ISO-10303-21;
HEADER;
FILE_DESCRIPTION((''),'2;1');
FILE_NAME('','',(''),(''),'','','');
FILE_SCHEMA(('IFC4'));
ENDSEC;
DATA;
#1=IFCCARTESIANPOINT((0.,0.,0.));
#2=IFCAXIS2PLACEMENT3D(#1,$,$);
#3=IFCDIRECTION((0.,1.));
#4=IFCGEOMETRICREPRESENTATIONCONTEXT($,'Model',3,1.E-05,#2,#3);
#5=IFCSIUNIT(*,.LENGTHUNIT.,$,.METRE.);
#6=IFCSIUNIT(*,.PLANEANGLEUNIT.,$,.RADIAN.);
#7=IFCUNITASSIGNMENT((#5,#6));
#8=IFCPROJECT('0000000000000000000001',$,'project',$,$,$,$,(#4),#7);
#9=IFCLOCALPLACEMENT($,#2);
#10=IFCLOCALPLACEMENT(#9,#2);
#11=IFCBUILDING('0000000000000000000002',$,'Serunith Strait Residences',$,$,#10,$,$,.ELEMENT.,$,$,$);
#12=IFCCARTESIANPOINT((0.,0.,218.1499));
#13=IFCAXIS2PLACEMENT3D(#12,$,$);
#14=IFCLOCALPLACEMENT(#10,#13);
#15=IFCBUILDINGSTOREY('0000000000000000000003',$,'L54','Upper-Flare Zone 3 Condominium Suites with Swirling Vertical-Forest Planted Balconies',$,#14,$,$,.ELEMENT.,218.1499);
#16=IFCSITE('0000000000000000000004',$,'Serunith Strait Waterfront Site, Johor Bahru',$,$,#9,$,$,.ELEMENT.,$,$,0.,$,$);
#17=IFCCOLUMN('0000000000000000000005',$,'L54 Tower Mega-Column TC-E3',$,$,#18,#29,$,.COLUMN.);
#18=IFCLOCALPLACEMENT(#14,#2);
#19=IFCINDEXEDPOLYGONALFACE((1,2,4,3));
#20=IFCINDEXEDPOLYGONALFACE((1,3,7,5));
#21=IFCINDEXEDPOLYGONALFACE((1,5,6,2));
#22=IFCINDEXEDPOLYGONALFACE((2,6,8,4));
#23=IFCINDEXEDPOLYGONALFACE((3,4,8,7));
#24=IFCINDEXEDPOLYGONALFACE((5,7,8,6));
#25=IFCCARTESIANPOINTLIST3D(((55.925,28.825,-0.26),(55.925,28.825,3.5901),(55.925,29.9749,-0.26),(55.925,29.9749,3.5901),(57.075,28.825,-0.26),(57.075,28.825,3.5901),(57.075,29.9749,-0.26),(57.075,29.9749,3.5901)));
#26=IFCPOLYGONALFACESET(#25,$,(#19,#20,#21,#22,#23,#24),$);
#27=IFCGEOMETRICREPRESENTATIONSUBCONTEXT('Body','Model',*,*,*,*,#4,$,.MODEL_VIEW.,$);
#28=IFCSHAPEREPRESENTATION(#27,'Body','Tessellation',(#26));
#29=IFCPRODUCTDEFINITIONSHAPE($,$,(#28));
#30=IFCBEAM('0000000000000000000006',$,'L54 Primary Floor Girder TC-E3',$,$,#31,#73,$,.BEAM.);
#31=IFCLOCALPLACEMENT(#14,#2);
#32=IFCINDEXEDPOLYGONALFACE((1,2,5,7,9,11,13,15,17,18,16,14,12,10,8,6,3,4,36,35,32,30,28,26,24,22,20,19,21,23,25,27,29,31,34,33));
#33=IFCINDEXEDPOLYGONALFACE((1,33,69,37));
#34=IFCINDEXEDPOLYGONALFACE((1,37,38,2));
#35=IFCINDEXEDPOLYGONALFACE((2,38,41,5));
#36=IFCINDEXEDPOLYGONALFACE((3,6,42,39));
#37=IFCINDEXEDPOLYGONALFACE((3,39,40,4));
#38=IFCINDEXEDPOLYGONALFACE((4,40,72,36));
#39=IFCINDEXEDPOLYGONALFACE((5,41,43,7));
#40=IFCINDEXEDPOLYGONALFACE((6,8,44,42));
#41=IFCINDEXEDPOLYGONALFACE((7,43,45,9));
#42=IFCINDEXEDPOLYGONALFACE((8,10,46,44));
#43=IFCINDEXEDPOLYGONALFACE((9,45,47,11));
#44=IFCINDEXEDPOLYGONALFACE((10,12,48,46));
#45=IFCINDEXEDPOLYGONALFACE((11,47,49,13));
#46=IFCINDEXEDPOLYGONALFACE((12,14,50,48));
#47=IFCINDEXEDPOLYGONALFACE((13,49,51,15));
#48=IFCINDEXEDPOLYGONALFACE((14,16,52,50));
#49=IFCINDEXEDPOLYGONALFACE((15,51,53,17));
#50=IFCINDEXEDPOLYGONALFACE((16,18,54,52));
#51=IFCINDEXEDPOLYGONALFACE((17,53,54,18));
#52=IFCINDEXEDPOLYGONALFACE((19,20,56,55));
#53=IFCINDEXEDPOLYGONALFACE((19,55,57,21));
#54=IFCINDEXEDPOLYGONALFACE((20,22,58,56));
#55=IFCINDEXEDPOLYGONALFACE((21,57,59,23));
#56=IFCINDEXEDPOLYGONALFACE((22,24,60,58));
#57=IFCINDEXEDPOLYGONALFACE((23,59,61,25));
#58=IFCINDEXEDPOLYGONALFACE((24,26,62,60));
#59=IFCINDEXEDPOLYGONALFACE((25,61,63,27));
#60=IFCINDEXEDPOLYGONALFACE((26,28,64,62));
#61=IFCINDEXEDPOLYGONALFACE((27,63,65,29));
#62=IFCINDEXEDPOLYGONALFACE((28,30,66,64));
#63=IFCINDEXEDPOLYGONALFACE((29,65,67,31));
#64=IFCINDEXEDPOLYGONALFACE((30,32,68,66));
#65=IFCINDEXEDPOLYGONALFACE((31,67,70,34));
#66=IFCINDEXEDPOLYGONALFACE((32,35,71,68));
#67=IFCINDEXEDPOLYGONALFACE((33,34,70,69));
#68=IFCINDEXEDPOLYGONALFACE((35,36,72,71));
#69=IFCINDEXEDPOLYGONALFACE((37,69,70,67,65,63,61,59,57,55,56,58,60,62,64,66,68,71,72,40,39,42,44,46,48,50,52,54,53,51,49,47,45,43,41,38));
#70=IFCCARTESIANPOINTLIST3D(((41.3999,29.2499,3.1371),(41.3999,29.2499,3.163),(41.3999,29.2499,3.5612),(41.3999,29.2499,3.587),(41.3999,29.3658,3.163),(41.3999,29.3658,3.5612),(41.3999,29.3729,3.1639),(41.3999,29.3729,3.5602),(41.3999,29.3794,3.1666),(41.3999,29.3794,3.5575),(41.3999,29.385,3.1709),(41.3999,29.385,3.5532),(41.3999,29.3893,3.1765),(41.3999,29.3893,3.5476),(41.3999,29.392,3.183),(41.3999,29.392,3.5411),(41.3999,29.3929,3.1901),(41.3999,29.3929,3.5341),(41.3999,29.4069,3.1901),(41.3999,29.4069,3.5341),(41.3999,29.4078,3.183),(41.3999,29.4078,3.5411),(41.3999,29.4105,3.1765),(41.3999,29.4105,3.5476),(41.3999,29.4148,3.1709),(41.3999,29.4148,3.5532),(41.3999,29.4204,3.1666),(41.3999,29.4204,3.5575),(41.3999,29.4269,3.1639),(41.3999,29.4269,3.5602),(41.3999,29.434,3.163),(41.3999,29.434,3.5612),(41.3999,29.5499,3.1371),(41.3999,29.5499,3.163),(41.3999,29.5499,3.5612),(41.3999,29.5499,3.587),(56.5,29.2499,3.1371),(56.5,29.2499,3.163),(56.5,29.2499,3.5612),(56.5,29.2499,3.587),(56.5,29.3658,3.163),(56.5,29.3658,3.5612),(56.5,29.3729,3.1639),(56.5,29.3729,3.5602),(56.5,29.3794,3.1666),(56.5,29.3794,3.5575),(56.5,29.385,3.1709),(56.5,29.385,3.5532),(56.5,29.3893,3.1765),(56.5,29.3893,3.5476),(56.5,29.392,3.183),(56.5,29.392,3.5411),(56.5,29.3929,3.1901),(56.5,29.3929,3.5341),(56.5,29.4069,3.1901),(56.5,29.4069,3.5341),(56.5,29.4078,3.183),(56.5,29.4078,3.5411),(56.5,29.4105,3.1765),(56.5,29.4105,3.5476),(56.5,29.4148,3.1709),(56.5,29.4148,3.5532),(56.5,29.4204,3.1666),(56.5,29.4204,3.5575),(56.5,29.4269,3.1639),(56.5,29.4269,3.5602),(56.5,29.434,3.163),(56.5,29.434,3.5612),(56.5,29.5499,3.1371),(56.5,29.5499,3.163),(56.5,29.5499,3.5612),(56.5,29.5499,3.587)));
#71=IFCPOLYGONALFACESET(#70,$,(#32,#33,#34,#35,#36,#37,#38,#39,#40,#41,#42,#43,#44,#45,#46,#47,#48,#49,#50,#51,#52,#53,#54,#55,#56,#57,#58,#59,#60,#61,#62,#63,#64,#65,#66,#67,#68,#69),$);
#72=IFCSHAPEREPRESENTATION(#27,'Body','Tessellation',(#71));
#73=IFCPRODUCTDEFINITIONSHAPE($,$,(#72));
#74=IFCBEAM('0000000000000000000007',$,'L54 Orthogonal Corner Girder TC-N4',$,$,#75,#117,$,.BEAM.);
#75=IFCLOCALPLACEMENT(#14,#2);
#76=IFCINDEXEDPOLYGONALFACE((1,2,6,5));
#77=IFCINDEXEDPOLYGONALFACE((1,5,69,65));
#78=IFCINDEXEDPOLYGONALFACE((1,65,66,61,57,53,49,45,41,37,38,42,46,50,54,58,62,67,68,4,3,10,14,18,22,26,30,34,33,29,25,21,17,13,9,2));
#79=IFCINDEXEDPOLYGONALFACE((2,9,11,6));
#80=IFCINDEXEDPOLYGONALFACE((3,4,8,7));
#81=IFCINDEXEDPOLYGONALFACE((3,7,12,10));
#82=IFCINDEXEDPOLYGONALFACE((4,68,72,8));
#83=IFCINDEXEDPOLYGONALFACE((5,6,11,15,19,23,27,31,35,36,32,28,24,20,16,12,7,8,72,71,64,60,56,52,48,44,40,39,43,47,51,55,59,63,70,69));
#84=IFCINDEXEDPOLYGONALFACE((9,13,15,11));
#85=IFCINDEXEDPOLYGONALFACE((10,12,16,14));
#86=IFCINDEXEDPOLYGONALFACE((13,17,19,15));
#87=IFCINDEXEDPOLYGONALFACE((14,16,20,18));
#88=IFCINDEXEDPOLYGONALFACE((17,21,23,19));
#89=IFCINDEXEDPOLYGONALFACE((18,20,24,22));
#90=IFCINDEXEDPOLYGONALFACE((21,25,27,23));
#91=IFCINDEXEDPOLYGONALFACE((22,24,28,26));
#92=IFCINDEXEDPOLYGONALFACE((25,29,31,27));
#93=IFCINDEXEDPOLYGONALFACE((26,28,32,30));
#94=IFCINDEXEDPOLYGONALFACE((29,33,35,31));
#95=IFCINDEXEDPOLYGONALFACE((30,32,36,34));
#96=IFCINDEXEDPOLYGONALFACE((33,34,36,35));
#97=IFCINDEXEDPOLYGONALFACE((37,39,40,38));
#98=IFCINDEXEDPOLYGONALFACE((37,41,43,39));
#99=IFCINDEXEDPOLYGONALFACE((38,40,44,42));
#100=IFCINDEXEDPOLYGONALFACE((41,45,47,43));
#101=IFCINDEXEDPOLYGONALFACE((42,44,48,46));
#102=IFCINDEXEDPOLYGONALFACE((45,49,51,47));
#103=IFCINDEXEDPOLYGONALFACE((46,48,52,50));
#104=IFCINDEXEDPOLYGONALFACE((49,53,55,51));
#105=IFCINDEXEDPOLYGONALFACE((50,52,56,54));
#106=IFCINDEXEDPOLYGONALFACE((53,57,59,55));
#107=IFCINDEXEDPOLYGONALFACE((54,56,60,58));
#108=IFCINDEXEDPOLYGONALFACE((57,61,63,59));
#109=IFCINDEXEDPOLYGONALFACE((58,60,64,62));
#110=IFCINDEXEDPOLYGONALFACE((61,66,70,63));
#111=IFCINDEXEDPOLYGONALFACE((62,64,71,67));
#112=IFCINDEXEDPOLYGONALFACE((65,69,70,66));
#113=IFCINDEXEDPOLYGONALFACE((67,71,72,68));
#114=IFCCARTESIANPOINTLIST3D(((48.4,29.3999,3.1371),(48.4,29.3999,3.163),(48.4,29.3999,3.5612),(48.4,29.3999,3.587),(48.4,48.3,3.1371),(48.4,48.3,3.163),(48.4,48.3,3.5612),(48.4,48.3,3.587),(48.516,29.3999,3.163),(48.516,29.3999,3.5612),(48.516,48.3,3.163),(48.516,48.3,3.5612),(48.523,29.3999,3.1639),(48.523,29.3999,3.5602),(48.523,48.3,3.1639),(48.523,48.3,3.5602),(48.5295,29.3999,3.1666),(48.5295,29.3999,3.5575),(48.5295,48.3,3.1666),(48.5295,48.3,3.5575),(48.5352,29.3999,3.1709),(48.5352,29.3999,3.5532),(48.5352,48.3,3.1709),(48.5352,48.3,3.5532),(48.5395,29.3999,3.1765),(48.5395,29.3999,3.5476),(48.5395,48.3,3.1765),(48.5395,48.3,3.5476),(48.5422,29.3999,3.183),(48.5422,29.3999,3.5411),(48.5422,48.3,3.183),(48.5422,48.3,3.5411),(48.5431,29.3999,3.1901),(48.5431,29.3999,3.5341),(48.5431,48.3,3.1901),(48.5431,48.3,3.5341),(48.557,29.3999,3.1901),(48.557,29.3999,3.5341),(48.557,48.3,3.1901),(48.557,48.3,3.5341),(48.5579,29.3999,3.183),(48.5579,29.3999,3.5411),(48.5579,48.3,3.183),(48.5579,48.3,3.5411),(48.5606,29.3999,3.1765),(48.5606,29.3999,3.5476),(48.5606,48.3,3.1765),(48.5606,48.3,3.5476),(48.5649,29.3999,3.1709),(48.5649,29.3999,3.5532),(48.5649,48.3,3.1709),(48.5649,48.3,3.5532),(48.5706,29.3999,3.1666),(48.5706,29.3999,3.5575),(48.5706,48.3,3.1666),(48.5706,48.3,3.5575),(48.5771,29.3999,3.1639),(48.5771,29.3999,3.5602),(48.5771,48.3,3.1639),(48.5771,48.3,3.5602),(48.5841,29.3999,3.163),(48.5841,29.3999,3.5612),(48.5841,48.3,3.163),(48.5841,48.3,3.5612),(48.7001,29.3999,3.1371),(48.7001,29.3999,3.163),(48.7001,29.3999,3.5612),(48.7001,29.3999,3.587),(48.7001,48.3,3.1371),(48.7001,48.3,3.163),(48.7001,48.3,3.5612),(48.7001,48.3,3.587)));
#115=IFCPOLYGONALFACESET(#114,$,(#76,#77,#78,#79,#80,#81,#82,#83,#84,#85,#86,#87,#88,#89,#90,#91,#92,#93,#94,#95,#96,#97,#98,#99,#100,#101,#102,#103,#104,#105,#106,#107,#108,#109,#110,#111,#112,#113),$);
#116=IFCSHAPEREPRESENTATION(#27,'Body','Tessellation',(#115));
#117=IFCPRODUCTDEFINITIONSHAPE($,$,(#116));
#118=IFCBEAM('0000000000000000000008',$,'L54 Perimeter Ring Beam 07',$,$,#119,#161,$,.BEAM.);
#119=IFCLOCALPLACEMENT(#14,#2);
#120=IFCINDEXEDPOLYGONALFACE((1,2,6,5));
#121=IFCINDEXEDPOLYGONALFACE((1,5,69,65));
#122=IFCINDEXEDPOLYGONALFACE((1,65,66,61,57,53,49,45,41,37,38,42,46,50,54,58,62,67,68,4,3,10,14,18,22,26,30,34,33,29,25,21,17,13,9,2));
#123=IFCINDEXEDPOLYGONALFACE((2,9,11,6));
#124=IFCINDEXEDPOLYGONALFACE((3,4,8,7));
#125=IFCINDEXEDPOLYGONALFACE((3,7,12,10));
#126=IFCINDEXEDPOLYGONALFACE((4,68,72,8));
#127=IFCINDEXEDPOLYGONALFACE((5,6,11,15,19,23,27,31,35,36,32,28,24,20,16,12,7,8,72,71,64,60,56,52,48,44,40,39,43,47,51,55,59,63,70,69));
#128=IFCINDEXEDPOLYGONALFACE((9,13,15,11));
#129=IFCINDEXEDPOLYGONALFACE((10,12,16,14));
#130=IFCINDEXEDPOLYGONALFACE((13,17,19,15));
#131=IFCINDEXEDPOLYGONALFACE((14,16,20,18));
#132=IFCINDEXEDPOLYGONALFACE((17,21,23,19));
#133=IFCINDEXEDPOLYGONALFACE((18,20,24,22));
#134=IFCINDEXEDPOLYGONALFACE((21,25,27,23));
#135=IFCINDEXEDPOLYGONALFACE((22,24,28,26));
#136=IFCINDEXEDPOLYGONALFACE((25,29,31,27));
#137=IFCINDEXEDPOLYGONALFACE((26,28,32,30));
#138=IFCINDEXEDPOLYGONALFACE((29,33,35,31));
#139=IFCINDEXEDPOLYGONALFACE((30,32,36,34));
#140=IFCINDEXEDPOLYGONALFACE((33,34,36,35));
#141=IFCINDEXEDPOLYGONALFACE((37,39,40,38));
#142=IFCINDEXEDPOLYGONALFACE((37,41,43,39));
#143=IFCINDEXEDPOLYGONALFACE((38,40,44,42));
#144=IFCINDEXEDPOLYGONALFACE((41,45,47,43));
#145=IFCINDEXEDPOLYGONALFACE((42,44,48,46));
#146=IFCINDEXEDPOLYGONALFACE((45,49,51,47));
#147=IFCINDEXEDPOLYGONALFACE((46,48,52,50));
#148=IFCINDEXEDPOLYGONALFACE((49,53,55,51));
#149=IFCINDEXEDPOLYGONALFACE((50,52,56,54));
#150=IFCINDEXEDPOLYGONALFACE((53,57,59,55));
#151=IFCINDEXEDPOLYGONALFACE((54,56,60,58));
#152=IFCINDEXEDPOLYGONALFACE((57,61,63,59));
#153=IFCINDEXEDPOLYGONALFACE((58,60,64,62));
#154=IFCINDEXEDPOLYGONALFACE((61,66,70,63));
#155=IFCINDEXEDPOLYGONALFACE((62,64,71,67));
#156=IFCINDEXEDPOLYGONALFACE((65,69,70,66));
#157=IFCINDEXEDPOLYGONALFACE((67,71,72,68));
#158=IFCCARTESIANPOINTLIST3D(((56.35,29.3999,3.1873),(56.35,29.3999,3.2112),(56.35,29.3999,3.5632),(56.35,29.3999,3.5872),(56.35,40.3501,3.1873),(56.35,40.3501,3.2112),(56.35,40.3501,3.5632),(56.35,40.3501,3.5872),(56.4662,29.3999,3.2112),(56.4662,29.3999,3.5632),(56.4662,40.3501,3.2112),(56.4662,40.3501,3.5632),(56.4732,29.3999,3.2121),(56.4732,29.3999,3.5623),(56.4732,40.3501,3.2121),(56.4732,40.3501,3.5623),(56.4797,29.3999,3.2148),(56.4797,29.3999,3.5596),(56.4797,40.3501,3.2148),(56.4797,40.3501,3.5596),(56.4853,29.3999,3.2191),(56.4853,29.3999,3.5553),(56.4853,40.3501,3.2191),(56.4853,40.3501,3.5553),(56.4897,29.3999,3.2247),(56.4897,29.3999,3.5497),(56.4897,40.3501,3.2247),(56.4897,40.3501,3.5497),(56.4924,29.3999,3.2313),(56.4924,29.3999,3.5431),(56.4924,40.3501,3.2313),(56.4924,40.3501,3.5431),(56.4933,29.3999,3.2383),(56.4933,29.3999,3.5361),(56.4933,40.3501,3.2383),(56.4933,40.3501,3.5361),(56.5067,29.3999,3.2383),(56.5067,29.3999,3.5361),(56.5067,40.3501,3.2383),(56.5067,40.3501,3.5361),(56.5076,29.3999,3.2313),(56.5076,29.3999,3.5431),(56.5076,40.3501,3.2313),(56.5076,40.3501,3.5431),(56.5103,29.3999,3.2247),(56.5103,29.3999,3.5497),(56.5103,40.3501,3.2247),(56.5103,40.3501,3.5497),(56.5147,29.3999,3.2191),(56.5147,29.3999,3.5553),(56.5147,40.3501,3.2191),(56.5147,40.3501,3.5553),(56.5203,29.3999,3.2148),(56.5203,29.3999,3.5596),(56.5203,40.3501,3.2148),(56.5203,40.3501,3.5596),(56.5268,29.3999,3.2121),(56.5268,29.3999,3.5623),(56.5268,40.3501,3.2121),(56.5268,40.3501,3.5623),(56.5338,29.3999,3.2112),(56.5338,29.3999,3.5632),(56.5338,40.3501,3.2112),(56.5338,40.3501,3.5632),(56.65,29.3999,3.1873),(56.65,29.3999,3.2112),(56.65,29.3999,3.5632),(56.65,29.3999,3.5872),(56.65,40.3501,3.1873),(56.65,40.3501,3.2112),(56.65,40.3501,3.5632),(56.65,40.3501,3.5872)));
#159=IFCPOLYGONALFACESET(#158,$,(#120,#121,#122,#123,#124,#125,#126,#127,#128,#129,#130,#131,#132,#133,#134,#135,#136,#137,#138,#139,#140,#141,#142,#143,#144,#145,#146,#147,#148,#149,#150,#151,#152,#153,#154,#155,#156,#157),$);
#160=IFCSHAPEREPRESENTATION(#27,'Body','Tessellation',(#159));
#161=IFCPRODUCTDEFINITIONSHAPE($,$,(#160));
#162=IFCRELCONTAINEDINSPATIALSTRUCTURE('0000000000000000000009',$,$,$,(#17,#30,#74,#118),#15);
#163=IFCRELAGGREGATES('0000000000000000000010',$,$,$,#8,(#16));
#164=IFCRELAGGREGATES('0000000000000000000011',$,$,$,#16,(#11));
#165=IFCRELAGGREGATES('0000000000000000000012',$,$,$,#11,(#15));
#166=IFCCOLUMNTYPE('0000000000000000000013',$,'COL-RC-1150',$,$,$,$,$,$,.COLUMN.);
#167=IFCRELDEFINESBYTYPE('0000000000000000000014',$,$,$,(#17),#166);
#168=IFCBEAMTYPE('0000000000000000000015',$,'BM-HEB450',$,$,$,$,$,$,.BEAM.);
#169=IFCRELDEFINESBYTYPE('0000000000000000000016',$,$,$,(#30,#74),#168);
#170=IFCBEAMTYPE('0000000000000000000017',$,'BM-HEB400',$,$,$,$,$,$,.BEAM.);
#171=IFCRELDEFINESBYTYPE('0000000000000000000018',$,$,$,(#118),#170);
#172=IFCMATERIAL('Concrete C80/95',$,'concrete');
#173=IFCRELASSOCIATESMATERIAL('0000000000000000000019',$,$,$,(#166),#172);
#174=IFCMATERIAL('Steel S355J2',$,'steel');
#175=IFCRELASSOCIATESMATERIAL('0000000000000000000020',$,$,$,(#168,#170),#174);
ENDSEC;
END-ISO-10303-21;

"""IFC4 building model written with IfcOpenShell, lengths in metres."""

from ifc_helpers import new_model, si_unit, direction, frame, origin, origin_2d, place, context, subcontext, project, spatial, rectangle, i_section, extrude, source, transform, mapped, material, material_profile, profile_set, type_object, element, save


model = new_model("IFC4")

# Units and contexts
model_context = context("Model", 3, precision=1e-05, world=origin(), true_north=direction((0.0, 1.0)))
body_context = subcontext(model_context, "Body", "Model", "MODEL_VIEW")
ifc_project = project(units=[si_unit("LENGTHUNIT", "METRE"), si_unit("PLANEANGLEUNIT", "RADIAN")], contexts=[model_context])

# Site, building, storey
site_placement = place(None, origin())
site = spatial("IfcSite", under=ifc_project, at=site_placement, Name="Serunith Strait Waterfront Site, Johor Bahru", CompositionType="ELEMENT", RefElevation=0.0)
building_placement = place(site_placement, origin())
building = spatial("IfcBuilding", under=site, at=building_placement, Name="Serunith Strait Residences", CompositionType="ELEMENT")
storey_placement = place(building_placement, frame((0.0, 0.0, 218.1499)))
storey = spatial("IfcBuildingStorey", under=building, at=storey_placement, Name="L54", Description="Upper-Flare Zone 3 Condominium Suites with Swirling Vertical-Forest Planted Balconies", CompositionType="ELEMENT", Elevation=218.1499)

# Column
ifc_material_1 = material(Name="Concrete C80/95", Category="concrete")
ifc_material_profile_1 = material_profile(ifc_material_1, rectangle(XDim=1.1499, YDim=1.1499, at=origin_2d()), Name="RC 1150x1150")
ifc_profile_set_1 = profile_set([ifc_material_profile_1], Name="Concrete C80/95")
column_type = type_object("IfcColumnType", Name="COL-RC-1150", PredefinedType="COLUMN", material=ifc_profile_set_1)
shared_shape_1 = source(origin(), body_context, "Body", "SweptSolid", [
    extrude(rectangle(XDim=1.1499, YDim=1.1499, at=origin_2d()), origin(), (0.0, 0.0, 1.0), 3.8501),
])
column_placement = place(storey_placement, frame((56.5, 29.3999, -0.26), z_axis=(0.0, 0.0, 1.0), x_axis=(1.0, 0.0, 0.0)))
element("IfcColumn", 1, at=column_placement, inside=storey, type_object=column_type, Name="L54 Tower Mega-Column TC-E3", PredefinedType="COLUMN", context=body_context, shape_type="MappedRepresentation", body=[
    mapped(shared_shape_1, transform((0.0, 0.0, 0.0), scale=1.0)),
])

# Beams
ifc_material_2 = material(Name="Steel S355J2", Category="steel")
ifc_material_profile_2 = material_profile(ifc_material_2, i_section(OverallWidth=0.3, OverallDepth=0.45, WebThickness=0.0139, FlangeThickness=0.0259, FilletRadius=0.0271, at=origin_2d()), Name="HEB 450")
ifc_profile_set_2 = profile_set([ifc_material_profile_2], Name="Steel S355J2")
beam_type_1 = type_object("IfcBeamType", Name="BM-HEB450", PredefinedType="BEAM", material=ifc_profile_set_2)
shared_shape_2 = source(origin(), body_context, "Body", "SweptSolid", [
    extrude(i_section(OverallWidth=0.3, OverallDepth=0.45, WebThickness=0.0139, FlangeThickness=0.0259, FilletRadius=0.0271, at=origin_2d()), origin(), (0.0, 0.0, 1.0), 15.1001),
])
beam_1_placement = place(storey_placement, frame((41.3999, 29.3999, 3.3621), z_axis=(1.0, 0.0, 0.0), x_axis=(0.0, 1.0, 0.0)))
element("IfcBeam", 2, at=beam_1_placement, inside=storey, type_object=beam_type_1, Name="L54 Primary Floor Girder TC-E3", PredefinedType="BEAM", context=body_context, shape_type="MappedRepresentation", body=[
    mapped(shared_shape_2, transform((0.0, 0.0, 0.0), scale=1.0)),
])
shared_shape_3 = source(origin(), body_context, "Body", "SweptSolid", [
    extrude(i_section(OverallWidth=0.3, OverallDepth=0.45, WebThickness=0.0139, FlangeThickness=0.0259, FilletRadius=0.0271, at=origin_2d()), origin(), (0.0, 0.0, 1.0), 18.9001),
])
beam_2_placement = place(storey_placement, frame((48.55, 29.3999, 3.3621), z_axis=(0.0, 1.0, 0.0), x_axis=(-1.0, 0.0, 0.0)))
element("IfcBeam", 3, at=beam_2_placement, inside=storey, type_object=beam_type_1, Name="L54 Orthogonal Corner Girder TC-N4", PredefinedType="BEAM", context=body_context, shape_type="MappedRepresentation", body=[
    mapped(shared_shape_3, transform((0.0, 0.0, 0.0), scale=1.0)),
])
ifc_material_profile_3 = material_profile(ifc_material_2, i_section(OverallWidth=0.3, OverallDepth=0.3999, WebThickness=0.0134, FlangeThickness=0.0239, FilletRadius=0.0271, at=origin_2d()), Name="HEB 400")
ifc_profile_set_3 = profile_set([ifc_material_profile_3], Name="Steel S355J2")
beam_type_2 = type_object("IfcBeamType", Name="BM-HEB400", PredefinedType="BEAM", material=ifc_profile_set_3)
shared_shape_4 = source(origin(), body_context, "Body", "SweptSolid", [
    extrude(i_section(OverallWidth=0.3, OverallDepth=0.3999, WebThickness=0.0134, FlangeThickness=0.0239, FilletRadius=0.0271, at=origin_2d()), origin(), (0.0, 0.0, 1.0), 10.9502),
])
beam_3_placement = place(storey_placement, frame((56.5, 29.3999, 3.3872), z_axis=(0.0, 1.0, 0.0), x_axis=(-1.0, 0.0, 0.0)))
element("IfcBeam", 4, at=beam_3_placement, inside=storey, type_object=beam_type_2, Name="L54 Perimeter Ring Beam 07", PredefinedType="BEAM", context=body_context, shape_type="MappedRepresentation", body=[
    mapped(shared_shape_4, transform((0.0, 0.0, 0.0), scale=1.0)),
])

save(model, "model.ifc")
